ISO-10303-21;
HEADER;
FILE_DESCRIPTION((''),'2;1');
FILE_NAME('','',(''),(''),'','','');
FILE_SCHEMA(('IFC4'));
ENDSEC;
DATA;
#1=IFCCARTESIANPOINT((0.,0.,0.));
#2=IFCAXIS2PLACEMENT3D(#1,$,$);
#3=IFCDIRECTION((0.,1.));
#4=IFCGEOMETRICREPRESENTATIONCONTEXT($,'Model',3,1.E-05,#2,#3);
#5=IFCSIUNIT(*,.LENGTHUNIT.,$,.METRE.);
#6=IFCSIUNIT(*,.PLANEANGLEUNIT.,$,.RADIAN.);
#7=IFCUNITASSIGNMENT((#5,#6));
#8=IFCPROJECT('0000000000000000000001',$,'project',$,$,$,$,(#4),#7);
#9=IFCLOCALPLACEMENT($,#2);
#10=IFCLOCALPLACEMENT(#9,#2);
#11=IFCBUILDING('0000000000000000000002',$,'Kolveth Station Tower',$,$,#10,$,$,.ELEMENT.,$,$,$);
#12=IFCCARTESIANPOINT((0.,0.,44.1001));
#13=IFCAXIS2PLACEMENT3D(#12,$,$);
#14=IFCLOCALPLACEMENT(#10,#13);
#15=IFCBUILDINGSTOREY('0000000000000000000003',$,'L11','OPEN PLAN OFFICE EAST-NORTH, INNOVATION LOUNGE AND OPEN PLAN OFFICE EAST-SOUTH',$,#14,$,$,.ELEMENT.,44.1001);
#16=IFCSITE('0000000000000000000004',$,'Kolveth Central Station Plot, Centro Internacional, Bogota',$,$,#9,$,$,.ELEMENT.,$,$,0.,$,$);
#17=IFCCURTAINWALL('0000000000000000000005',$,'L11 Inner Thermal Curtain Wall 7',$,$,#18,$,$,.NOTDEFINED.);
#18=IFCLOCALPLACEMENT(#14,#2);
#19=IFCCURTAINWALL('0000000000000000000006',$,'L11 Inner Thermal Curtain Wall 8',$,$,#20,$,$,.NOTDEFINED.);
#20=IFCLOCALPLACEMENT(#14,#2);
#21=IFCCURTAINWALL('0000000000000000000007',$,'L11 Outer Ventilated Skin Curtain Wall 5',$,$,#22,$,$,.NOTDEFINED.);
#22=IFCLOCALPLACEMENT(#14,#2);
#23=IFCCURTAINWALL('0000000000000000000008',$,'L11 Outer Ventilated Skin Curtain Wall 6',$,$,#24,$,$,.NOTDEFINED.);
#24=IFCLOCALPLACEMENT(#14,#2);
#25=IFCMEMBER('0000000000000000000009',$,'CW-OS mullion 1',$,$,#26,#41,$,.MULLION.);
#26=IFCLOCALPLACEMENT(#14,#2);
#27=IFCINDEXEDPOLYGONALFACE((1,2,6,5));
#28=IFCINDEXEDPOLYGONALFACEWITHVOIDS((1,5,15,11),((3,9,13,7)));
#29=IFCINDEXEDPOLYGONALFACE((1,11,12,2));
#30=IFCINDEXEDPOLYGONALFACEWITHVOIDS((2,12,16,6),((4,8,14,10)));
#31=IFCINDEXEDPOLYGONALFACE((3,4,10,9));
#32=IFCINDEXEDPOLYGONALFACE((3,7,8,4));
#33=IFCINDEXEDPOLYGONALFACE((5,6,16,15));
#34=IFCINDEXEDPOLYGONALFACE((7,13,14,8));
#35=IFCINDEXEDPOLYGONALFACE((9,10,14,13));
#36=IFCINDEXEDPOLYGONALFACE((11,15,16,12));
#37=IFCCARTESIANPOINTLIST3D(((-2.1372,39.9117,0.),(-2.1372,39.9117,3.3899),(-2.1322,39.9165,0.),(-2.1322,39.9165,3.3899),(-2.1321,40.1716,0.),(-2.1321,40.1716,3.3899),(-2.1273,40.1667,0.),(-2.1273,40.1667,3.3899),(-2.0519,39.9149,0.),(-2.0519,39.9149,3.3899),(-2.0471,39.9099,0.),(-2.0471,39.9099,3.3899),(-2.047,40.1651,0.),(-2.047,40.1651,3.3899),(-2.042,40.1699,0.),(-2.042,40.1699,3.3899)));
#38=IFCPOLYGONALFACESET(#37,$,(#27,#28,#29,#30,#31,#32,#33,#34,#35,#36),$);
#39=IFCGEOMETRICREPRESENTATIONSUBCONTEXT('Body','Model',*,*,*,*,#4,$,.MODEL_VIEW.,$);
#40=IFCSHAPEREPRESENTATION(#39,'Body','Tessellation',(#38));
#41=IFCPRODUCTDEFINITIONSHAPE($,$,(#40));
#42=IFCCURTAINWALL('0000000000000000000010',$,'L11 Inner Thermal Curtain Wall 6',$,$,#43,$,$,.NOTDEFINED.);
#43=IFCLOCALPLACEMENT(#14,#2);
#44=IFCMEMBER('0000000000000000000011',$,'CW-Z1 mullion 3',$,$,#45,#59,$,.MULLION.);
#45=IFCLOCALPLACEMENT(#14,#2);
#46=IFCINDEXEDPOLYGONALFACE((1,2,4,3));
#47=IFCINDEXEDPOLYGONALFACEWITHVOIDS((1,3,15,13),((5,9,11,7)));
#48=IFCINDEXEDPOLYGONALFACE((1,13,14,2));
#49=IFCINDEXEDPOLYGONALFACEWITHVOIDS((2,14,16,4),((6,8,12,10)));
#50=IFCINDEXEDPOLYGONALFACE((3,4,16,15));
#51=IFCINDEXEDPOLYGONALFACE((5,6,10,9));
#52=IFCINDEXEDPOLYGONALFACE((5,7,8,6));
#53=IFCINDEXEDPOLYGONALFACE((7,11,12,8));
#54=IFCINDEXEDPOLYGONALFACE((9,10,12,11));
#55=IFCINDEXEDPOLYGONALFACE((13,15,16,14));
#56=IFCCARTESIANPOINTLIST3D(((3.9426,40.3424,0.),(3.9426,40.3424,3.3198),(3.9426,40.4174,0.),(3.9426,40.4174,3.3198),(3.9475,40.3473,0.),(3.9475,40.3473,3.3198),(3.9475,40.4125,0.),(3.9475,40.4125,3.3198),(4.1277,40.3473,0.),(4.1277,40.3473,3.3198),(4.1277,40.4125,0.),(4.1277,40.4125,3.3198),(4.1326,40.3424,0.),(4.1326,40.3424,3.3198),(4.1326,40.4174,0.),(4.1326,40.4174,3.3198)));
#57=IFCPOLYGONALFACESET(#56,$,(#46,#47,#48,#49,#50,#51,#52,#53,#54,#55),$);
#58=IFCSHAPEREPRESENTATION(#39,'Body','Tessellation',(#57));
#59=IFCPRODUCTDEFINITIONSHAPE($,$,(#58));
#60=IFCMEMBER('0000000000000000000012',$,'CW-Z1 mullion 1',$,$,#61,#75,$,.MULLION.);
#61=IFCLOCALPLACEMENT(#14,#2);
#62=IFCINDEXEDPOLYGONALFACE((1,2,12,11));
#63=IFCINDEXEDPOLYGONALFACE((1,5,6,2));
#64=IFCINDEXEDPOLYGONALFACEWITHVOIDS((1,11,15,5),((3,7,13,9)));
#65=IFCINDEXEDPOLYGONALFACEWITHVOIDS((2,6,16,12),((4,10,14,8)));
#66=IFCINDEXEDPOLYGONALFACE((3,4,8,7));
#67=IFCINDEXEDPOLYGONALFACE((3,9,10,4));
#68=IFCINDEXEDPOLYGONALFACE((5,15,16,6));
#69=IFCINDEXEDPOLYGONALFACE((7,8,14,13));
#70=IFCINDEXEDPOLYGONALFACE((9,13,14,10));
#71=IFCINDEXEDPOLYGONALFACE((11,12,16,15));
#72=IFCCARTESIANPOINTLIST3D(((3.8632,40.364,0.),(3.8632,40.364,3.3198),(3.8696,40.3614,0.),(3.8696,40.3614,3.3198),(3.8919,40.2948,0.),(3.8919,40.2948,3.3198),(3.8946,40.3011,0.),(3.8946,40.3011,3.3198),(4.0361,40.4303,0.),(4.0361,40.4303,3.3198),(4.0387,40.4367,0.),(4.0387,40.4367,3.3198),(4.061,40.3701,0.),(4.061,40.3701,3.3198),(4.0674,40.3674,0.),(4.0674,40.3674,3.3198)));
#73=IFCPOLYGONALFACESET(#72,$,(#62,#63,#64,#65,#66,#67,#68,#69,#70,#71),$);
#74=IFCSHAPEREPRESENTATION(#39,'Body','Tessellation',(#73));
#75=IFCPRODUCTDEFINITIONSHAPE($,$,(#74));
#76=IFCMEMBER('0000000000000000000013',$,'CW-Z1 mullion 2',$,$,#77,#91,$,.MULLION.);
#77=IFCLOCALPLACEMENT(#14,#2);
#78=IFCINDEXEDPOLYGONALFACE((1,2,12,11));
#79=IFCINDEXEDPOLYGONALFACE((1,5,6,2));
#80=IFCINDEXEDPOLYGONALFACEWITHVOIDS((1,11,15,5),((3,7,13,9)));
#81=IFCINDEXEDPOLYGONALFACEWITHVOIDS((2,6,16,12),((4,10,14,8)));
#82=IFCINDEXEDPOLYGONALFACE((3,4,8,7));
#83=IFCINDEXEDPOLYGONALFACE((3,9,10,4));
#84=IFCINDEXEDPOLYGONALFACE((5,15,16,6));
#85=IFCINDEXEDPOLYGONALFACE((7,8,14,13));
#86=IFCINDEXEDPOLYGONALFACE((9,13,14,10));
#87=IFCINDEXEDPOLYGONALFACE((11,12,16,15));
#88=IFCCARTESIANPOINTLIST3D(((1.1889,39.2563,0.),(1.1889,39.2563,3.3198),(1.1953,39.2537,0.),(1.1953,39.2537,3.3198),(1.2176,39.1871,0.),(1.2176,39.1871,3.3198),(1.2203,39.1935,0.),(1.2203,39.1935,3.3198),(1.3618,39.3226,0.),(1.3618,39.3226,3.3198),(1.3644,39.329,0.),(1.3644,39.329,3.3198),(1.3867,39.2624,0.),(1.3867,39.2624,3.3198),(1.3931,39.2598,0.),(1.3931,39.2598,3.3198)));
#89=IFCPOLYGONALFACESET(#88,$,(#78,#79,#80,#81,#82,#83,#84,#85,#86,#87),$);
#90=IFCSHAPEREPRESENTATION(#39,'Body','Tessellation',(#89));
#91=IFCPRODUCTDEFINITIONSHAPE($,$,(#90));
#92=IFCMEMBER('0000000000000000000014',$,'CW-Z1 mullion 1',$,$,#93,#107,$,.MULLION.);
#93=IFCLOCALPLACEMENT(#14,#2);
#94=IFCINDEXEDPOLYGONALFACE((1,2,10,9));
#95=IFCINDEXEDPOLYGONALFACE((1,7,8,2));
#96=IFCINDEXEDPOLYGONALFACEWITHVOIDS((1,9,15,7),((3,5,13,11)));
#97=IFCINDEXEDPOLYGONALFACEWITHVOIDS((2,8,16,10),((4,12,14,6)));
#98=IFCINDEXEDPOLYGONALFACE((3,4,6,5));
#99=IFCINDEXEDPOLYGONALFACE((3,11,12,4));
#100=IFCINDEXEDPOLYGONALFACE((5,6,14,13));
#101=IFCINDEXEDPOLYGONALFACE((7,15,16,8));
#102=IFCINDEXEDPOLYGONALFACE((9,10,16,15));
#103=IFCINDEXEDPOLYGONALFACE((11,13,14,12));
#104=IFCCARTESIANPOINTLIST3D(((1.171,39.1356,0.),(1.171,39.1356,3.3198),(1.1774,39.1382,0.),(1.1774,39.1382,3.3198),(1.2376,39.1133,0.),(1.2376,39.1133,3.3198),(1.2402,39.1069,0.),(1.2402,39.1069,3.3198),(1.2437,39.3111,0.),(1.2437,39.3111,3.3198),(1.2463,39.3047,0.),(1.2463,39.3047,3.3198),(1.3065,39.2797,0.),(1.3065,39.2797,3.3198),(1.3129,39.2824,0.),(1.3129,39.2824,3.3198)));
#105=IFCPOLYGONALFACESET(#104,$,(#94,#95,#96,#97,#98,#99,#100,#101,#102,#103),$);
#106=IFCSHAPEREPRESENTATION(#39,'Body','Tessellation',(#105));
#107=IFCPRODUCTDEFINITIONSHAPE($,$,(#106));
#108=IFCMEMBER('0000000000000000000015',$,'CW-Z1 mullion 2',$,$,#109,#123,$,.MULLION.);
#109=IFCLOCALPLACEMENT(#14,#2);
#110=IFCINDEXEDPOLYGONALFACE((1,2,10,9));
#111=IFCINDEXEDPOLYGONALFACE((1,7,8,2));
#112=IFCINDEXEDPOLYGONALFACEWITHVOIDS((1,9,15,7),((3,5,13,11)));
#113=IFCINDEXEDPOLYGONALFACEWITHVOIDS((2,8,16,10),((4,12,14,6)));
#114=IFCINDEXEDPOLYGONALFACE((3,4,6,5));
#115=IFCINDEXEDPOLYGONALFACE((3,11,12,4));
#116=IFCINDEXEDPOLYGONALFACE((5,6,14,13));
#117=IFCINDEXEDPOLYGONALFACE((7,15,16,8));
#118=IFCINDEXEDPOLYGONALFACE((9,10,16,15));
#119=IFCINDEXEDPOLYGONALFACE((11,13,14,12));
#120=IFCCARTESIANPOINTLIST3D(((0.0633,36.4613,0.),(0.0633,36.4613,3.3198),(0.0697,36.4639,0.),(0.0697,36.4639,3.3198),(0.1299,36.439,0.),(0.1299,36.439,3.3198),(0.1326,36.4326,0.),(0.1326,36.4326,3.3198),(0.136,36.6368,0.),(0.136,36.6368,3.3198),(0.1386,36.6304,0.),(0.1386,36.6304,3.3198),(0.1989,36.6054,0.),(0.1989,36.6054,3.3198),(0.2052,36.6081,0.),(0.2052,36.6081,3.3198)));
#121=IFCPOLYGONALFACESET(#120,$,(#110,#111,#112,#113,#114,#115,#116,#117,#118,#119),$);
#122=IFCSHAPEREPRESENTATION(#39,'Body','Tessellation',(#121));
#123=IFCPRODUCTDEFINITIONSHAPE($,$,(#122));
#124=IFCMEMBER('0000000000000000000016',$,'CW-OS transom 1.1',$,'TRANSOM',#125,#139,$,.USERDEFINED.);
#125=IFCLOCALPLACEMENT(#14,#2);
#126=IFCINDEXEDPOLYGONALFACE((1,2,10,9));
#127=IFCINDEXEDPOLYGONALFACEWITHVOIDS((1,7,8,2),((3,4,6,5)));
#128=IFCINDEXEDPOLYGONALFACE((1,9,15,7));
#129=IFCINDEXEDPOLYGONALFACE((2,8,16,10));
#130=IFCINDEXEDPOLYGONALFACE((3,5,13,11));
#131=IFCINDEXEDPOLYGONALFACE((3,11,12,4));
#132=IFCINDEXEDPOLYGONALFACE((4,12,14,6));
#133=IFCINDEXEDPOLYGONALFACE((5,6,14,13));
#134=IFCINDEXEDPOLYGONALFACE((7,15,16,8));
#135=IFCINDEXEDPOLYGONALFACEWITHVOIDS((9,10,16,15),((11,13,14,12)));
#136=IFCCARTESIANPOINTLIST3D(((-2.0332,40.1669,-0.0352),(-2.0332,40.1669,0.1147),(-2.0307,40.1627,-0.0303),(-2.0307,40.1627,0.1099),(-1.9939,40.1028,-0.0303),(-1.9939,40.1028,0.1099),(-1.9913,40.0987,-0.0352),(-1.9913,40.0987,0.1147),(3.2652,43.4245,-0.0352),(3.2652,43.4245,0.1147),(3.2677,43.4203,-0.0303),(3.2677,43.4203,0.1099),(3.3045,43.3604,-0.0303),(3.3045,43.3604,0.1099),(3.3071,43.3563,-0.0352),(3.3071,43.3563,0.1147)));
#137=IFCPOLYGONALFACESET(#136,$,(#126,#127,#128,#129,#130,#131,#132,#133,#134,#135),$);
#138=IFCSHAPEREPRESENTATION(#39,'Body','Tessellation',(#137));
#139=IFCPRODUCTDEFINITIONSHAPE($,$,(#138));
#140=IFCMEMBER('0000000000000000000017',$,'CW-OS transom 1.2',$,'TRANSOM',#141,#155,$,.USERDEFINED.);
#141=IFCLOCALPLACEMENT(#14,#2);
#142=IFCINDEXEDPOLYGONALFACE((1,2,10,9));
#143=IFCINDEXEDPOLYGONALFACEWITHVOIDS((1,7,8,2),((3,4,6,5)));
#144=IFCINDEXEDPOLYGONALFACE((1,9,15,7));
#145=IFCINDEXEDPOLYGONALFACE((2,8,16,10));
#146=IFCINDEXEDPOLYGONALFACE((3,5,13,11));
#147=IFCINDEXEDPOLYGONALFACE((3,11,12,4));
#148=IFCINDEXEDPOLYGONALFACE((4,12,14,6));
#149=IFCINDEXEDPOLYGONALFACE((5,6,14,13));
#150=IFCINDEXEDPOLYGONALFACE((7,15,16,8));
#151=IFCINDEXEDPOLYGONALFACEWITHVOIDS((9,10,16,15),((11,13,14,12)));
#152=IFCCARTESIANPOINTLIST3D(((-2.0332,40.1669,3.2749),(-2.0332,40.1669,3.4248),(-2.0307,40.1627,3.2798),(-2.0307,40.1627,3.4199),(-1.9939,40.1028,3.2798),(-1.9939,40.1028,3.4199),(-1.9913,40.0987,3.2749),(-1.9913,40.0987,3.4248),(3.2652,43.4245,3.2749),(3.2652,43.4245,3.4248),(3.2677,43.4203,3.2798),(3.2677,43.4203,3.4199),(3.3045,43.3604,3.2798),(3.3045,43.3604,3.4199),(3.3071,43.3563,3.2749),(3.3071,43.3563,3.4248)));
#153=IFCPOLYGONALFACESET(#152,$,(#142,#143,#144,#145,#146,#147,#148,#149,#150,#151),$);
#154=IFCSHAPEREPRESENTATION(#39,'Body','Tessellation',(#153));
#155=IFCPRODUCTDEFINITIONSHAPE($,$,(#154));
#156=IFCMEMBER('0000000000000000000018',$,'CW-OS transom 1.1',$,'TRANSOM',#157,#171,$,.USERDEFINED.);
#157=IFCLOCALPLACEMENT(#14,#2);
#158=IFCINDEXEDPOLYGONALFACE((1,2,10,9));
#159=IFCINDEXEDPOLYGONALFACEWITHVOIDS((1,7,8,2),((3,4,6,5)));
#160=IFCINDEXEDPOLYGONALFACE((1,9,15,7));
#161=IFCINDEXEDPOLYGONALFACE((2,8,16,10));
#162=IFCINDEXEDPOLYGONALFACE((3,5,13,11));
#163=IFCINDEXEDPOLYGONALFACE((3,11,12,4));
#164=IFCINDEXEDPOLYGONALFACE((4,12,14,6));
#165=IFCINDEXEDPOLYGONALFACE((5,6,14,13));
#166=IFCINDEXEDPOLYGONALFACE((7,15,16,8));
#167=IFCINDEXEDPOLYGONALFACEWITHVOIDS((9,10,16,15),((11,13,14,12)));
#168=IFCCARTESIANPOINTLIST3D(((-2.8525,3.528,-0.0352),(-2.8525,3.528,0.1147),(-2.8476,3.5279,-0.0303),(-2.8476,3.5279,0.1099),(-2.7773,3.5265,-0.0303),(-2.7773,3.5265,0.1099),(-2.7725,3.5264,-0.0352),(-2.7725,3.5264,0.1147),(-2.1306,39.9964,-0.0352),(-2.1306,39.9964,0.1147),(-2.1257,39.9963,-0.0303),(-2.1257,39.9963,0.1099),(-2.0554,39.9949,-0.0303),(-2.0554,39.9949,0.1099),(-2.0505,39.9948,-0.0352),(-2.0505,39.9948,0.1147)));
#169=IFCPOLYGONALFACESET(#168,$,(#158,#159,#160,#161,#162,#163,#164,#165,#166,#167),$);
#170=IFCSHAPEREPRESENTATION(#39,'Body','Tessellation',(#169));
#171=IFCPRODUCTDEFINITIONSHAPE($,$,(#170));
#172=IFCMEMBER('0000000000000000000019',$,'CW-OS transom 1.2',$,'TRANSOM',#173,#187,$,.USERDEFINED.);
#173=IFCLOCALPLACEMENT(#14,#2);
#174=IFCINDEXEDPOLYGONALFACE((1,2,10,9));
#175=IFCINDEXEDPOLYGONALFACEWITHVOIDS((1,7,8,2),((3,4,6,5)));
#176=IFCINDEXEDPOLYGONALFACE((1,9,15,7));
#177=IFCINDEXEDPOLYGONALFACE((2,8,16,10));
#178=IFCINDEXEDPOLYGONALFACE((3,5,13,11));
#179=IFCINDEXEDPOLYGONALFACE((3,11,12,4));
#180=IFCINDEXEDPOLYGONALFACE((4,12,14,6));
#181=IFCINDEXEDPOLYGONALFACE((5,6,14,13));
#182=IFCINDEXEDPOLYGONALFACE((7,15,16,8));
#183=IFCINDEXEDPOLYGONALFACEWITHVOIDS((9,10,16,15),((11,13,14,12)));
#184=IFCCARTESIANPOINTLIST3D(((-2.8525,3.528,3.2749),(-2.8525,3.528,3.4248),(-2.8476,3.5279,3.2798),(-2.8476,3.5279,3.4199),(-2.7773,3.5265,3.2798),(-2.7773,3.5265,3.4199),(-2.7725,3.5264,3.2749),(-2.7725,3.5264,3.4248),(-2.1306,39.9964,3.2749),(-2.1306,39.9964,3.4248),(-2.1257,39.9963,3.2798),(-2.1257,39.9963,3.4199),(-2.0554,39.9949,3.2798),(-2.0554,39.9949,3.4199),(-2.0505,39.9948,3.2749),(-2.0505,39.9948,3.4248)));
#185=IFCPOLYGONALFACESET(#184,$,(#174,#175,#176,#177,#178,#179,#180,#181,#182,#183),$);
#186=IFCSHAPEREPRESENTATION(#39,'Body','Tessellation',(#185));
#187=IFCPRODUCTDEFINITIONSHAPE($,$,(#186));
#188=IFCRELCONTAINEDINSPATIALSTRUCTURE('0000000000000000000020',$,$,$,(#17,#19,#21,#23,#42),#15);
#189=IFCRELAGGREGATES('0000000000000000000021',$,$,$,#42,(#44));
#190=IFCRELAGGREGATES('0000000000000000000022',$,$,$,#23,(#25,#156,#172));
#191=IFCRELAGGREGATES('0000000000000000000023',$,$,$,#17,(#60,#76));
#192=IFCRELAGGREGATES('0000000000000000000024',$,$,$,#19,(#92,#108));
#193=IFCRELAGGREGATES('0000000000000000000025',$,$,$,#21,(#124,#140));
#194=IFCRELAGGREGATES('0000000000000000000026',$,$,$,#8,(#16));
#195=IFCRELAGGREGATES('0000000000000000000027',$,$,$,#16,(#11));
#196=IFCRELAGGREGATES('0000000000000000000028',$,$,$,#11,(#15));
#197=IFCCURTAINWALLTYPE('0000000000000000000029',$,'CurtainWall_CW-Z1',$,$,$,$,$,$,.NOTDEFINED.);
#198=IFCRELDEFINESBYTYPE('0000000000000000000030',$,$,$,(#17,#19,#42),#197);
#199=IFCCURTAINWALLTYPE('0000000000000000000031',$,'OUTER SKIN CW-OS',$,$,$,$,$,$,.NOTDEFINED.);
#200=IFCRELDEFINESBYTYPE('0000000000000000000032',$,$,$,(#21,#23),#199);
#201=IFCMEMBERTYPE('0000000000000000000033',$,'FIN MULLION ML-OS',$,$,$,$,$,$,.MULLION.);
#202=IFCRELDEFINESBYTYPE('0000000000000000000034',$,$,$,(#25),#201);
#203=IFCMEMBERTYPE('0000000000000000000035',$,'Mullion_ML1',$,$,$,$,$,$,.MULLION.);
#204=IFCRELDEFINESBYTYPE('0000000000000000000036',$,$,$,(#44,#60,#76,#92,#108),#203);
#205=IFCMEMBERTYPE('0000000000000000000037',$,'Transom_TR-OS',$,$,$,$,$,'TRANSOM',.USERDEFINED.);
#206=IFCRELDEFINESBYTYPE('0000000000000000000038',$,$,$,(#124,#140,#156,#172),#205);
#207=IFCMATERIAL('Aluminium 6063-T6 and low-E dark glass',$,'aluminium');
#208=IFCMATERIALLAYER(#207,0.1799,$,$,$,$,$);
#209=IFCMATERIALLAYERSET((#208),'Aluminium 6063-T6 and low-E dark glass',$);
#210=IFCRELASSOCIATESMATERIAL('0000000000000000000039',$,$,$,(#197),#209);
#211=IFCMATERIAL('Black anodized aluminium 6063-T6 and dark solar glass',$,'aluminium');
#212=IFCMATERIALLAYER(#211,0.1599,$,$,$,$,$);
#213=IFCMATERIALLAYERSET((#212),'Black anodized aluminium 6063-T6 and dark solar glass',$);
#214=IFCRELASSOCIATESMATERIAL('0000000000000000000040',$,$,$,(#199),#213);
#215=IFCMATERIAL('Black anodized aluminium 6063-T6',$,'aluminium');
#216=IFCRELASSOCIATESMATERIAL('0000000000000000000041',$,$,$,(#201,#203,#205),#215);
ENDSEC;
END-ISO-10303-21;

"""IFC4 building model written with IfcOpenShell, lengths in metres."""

from ifc_helpers import new_model, si_unit, direction, frame, origin, origin_2d, place, context, subcontext, project, spatial, hollow_rectangle, extrude, source, transform, mapped, material, layer, layer_set, material_profile, profile_set, type_object, element, aggregate, save


model = new_model("IFC4")

# Units and contexts
model_context = context("Model", 3, precision=1e-05, world=origin(), true_north=direction((0.0, 1.0)))
body_context = subcontext(model_context, "Body", "Model", "MODEL_VIEW")
ifc_project = project(units=[si_unit("LENGTHUNIT", "METRE"), si_unit("PLANEANGLEUNIT", "RADIAN")], contexts=[model_context])

# Site, building, storey
site_placement = place(None, origin())
site = spatial("IfcSite", under=ifc_project, at=site_placement, Name="Kolveth Central Station Plot, Centro Internacional, Bogota", CompositionType="ELEMENT", RefElevation=0.0)
building_placement = place(site_placement, origin())
building = spatial("IfcBuilding", under=site, at=building_placement, Name="Kolveth Station Tower", CompositionType="ELEMENT")
storey_placement = place(building_placement, frame((0.0, 0.0, 44.1001)))
storey = spatial("IfcBuildingStorey", under=building, at=storey_placement, Name="L11", Description="OPEN PLAN OFFICE EAST-NORTH, INNOVATION LOUNGE AND OPEN PLAN OFFICE EAST-SOUTH", CompositionType="ELEMENT", Elevation=44.1001)

# Curtain walls
ifc_material_1 = material(Name="Aluminium 6063-T6 and low-E dark glass", Category="aluminium")
ifc_layer_1 = layer(ifc_material_1, 0.1799)
ifc_layer_set_1 = layer_set([ifc_layer_1], Name="Aluminium 6063-T6 and low-E dark glass")
curtain_wall_type_1 = type_object("IfcCurtainWallType", Name="CurtainWall_CW-Z1", PredefinedType="NOTDEFINED", material=ifc_layer_set_1)
curtain_wall_1_placement = place(storey_placement, origin())
curtain_wall_1 = element("IfcCurtainWall", 1, at=curtain_wall_1_placement, inside=storey, type_object=curtain_wall_type_1, Name="L11 Inner Thermal Curtain Wall 7", PredefinedType="NOTDEFINED")
ifc_material_2 = material(Name="Black anodized aluminium 6063-T6", Category="aluminium")
curtain_wall_2_placement = place(storey_placement, origin())
curtain_wall_2 = element("IfcCurtainWall", 2, at=curtain_wall_2_placement, inside=storey, type_object=curtain_wall_type_1, Name="L11 Inner Thermal Curtain Wall 8", PredefinedType="NOTDEFINED")

# Shared definitions
ifc_material_3 = material(Name="Black anodized aluminium 6063-T6 and dark solar glass", Category="aluminium")
ifc_layer_2 = layer(ifc_material_3, 0.1599)
ifc_layer_set_2 = layer_set([ifc_layer_2], Name="Black anodized aluminium 6063-T6 and dark solar glass")
curtain_wall_type_2 = type_object("IfcCurtainWallType", Name="OUTER SKIN CW-OS", PredefinedType="NOTDEFINED", material=ifc_layer_set_2)
ifc_material_profile_1 = material_profile(ifc_material_2, hollow_rectangle(XDim=0.0901, YDim=0.26, WallThickness=0.0049, at=origin_2d()), Name="ALU-90x260x5")
ifc_profile_set_1 = profile_set([ifc_material_profile_1], Name="Black anodized aluminium 6063-T6")
member_type_1 = type_object("IfcMemberType", Name="FIN MULLION ML-OS", PredefinedType="MULLION", material=ifc_profile_set_1)
shared_shape_1 = source(origin(), body_context, "Body", "SweptSolid", [
    extrude(hollow_rectangle(XDim=0.0901, YDim=0.26, WallThickness=0.0049, at=origin_2d()), origin(), (0.0, 0.0, 1.0), 3.3899),
])

# Curtain wall
curtain_wall_3_placement = place(storey_placement, origin())
curtain_wall_3 = element("IfcCurtainWall", 3, at=curtain_wall_3_placement, inside=storey, type_object=curtain_wall_type_2, Name="L11 Outer Ventilated Skin Curtain Wall 5", PredefinedType="NOTDEFINED")

# Curtain walls, members
curtain_wall_4_placement = place(storey_placement, origin())
curtain_wall_4 = element("IfcCurtainWall", 4, at=curtain_wall_4_placement, inside=storey, type_object=curtain_wall_type_2, Name="L11 Outer Ventilated Skin Curtain Wall 6", PredefinedType="NOTDEFINED")
member_1_placement = place(storey_placement, frame((-2.0896, 40.0408, 0.0), z_axis=(0.0, 0.0, 1.0), x_axis=(0.999804, -0.01979, 0.0)))
member_1 = element("IfcMember", 5, at=member_1_placement, type_object=member_type_1, Name="CW-OS mullion 1", PredefinedType="MULLION", context=body_context, shape_type="MappedRepresentation", body=[
    mapped(shared_shape_1, transform((0.0, 0.0, 0.0), x_axis=(1.0, 0.0, 0.0), y_axis=(0.0, 1.0, 0.0), z_axis=(0.0, 0.0, 1.0), scale=1.0)),
])
curtain_wall_5_placement = place(storey_placement, origin())
curtain_wall_5 = element("IfcCurtainWall", 6, at=curtain_wall_5_placement, inside=storey, type_object=curtain_wall_type_1, Name="L11 Inner Thermal Curtain Wall 6", PredefinedType="NOTDEFINED")
ifc_material_profile_2 = material_profile(ifc_material_2, hollow_rectangle(XDim=0.075, YDim=0.1899, WallThickness=0.0049, at=origin_2d()), Name="ALU-75x190x5")
ifc_profile_set_2 = profile_set([ifc_material_profile_2], Name="Black anodized aluminium 6063-T6")
member_type_2 = type_object("IfcMemberType", Name="Mullion_ML1", PredefinedType="MULLION", material=ifc_profile_set_2)
shared_shape_2 = source(origin(), body_context, "Body", "SweptSolid", [
    extrude(hollow_rectangle(XDim=0.075, YDim=0.1899, WallThickness=0.0049, at=origin_2d()), origin(), (0.0, 0.0, 1.0), 3.3198),
])
member_2_placement = place(storey_placement, frame((4.0376, 40.3799, 0.0), z_axis=(0.0, 0.0, 1.0), x_axis=(0.0, -1.0, 0.0)))
member_2 = element("IfcMember", 7, at=member_2_placement, type_object=member_type_2, Name="CW-Z1 mullion 3", PredefinedType="MULLION", context=body_context, shape_type="MappedRepresentation", body=[
    mapped(shared_shape_2, transform((0.0, 0.0, 0.0), x_axis=(1.0, 0.0, 0.0), y_axis=(0.0, 1.0, 0.0), z_axis=(0.0, 0.0, 1.0), scale=1.0)),
])
aggregate(curtain_wall_5, [member_2])

# Members
member_3_placement = place(storey_placement, frame((3.9653, 40.3657, 0.0), z_axis=(0.0, 0.0, 1.0), x_axis=(0.382673, -0.923884, 0.0)))
member_3 = element("IfcMember", 8, at=member_3_placement, type_object=member_type_2, Name="CW-Z1 mullion 1", PredefinedType="MULLION", context=body_context, shape_type="MappedRepresentation", body=[
    mapped(shared_shape_2, transform((0.0, 0.0, 0.0), x_axis=(1.0, 0.0, 0.0), y_axis=(0.0, 1.0, 0.0), z_axis=(0.0, 0.0, 1.0), scale=1.0)),
])
member_4_placement = place(storey_placement, frame((1.291, 39.2581, 0.0), z_axis=(0.0, 0.0, 1.0), x_axis=(0.382673, -0.923884, 0.0)))
member_4 = element("IfcMember", 9, at=member_4_placement, type_object=member_type_2, Name="CW-Z1 mullion 2", PredefinedType="MULLION", context=body_context, shape_type="MappedRepresentation", body=[
    mapped(shared_shape_2, transform((0.0, 0.0, 0.0), x_axis=(1.0, 0.0, 0.0), y_axis=(0.0, 1.0, 0.0), z_axis=(0.0, 0.0, 1.0), scale=1.0)),
])
member_5_placement = place(storey_placement, frame((1.2419, 39.209, 0.0), z_axis=(0.0, 0.0, 1.0), x_axis=(0.923884, -0.382673, 0.0)))
member_5 = element("IfcMember", 10, at=member_5_placement, type_object=member_type_2, Name="CW-Z1 mullion 1", PredefinedType="MULLION", context=body_context, shape_type="MappedRepresentation", body=[
    mapped(shared_shape_2, transform((0.0, 0.0, 0.0), x_axis=(1.0, 0.0, 0.0), y_axis=(0.0, 1.0, 0.0), z_axis=(0.0, 0.0, 1.0), scale=1.0)),
])
member_6_placement = place(storey_placement, frame((0.1343, 36.5347, 0.0), z_axis=(0.0, 0.0, 1.0), x_axis=(0.923884, -0.382673, 0.0)))
member_6 = element("IfcMember", 11, at=member_6_placement, type_object=member_type_2, Name="CW-Z1 mullion 2", PredefinedType="MULLION", context=body_context, shape_type="MappedRepresentation", body=[
    mapped(shared_shape_2, transform((0.0, 0.0, 0.0), x_axis=(1.0, 0.0, 0.0), y_axis=(0.0, 1.0, 0.0), z_axis=(0.0, 0.0, 1.0), scale=1.0)),
])
ifc_material_profile_3 = material_profile(ifc_material_2, hollow_rectangle(XDim=0.0801, YDim=0.1499, WallThickness=0.0049, at=origin_2d()), Name="ALU-80x150x5")
ifc_profile_set_3 = profile_set([ifc_material_profile_3], Name="Black anodized aluminium 6063-T6")
member_type_3 = type_object("IfcMemberType", Name="Transom_TR-OS", ElementType="TRANSOM", PredefinedType="USERDEFINED", material=ifc_profile_set_3)
shared_shape_3 = source(origin(), body_context, "Body", "SweptSolid", [
    extrude(hollow_rectangle(XDim=0.0801, YDim=0.1499, WallThickness=0.0049, at=origin_2d()), origin(), (0.0, 0.0, 1.0), 6.2197),
])
member_7_placement = place(storey_placement, frame((3.2861, 43.3904, 0.0398), z_axis=(-0.85187, -0.523754, 0.0), x_axis=(0.523754, -0.85187, 0.0)))
member_7 = element("IfcMember", 12, at=member_7_placement, type_object=member_type_3, Name="CW-OS transom 1.1", ObjectType="TRANSOM", PredefinedType="USERDEFINED", context=body_context, shape_type="MappedRepresentation", body=[
    mapped(shared_shape_3, transform((0.0, 0.0, 0.0), x_axis=(1.0, 0.0, 0.0), y_axis=(0.0, 1.0, 0.0), z_axis=(0.0, 0.0, 1.0), scale=1.0)),
])
member_8_placement = place(storey_placement, frame((3.2861, 43.3904, 3.3499), z_axis=(-0.85187, -0.523754, 0.0), x_axis=(0.523754, -0.85187, 0.0)))
member_8 = element("IfcMember", 13, at=member_8_placement, type_object=member_type_3, Name="CW-OS transom 1.2", ObjectType="TRANSOM", PredefinedType="USERDEFINED", context=body_context, shape_type="MappedRepresentation", body=[
    mapped(shared_shape_3, transform((0.0, 0.0, 0.0), x_axis=(1.0, 0.0, 0.0), y_axis=(0.0, 1.0, 0.0), z_axis=(0.0, 0.0, 1.0), scale=1.0)),
])
shared_shape_4 = source(origin(), body_context, "Body", "SweptSolid", [
    extrude(hollow_rectangle(XDim=0.0801, YDim=0.1499, WallThickness=0.0049, at=origin_2d()), origin(), (0.0, 0.0, 1.0), 36.4756),
])
member_9_placement = place(storey_placement, frame((-2.0906, 39.9956, 0.0398), z_axis=(-0.019792, -0.999804, 0.0), x_axis=(0.999804, -0.019792, 0.0)))
member_9 = element("IfcMember", 14, at=member_9_placement, type_object=member_type_3, Name="CW-OS transom 1.1", ObjectType="TRANSOM", PredefinedType="USERDEFINED", context=body_context, shape_type="MappedRepresentation", body=[
    mapped(shared_shape_4, transform((0.0, 0.0, 0.0), x_axis=(1.0, 0.0, 0.0), y_axis=(0.0, 1.0, 0.0), z_axis=(0.0, 0.0, 1.0), scale=1.0)),
])
member_10_placement = place(storey_placement, frame((-2.0906, 39.9956, 3.3499), z_axis=(-0.019792, -0.999804, 0.0), x_axis=(0.999804, -0.019792, 0.0)))
member_10 = element("IfcMember", 15, at=member_10_placement, type_object=member_type_3, Name="CW-OS transom 1.2", ObjectType="TRANSOM", PredefinedType="USERDEFINED", context=body_context, shape_type="MappedRepresentation", body=[
    mapped(shared_shape_4, transform((0.0, 0.0, 0.0), x_axis=(1.0, 0.0, 0.0), y_axis=(0.0, 1.0, 0.0), z_axis=(0.0, 0.0, 1.0), scale=1.0)),
])
aggregate(curtain_wall_4, [member_1, member_9, member_10])

aggregate(curtain_wall_1, [member_3, member_4])
aggregate(curtain_wall_2, [member_5, member_6])
aggregate(curtain_wall_3, [member_7, member_8])

save(model, "model.ifc")
